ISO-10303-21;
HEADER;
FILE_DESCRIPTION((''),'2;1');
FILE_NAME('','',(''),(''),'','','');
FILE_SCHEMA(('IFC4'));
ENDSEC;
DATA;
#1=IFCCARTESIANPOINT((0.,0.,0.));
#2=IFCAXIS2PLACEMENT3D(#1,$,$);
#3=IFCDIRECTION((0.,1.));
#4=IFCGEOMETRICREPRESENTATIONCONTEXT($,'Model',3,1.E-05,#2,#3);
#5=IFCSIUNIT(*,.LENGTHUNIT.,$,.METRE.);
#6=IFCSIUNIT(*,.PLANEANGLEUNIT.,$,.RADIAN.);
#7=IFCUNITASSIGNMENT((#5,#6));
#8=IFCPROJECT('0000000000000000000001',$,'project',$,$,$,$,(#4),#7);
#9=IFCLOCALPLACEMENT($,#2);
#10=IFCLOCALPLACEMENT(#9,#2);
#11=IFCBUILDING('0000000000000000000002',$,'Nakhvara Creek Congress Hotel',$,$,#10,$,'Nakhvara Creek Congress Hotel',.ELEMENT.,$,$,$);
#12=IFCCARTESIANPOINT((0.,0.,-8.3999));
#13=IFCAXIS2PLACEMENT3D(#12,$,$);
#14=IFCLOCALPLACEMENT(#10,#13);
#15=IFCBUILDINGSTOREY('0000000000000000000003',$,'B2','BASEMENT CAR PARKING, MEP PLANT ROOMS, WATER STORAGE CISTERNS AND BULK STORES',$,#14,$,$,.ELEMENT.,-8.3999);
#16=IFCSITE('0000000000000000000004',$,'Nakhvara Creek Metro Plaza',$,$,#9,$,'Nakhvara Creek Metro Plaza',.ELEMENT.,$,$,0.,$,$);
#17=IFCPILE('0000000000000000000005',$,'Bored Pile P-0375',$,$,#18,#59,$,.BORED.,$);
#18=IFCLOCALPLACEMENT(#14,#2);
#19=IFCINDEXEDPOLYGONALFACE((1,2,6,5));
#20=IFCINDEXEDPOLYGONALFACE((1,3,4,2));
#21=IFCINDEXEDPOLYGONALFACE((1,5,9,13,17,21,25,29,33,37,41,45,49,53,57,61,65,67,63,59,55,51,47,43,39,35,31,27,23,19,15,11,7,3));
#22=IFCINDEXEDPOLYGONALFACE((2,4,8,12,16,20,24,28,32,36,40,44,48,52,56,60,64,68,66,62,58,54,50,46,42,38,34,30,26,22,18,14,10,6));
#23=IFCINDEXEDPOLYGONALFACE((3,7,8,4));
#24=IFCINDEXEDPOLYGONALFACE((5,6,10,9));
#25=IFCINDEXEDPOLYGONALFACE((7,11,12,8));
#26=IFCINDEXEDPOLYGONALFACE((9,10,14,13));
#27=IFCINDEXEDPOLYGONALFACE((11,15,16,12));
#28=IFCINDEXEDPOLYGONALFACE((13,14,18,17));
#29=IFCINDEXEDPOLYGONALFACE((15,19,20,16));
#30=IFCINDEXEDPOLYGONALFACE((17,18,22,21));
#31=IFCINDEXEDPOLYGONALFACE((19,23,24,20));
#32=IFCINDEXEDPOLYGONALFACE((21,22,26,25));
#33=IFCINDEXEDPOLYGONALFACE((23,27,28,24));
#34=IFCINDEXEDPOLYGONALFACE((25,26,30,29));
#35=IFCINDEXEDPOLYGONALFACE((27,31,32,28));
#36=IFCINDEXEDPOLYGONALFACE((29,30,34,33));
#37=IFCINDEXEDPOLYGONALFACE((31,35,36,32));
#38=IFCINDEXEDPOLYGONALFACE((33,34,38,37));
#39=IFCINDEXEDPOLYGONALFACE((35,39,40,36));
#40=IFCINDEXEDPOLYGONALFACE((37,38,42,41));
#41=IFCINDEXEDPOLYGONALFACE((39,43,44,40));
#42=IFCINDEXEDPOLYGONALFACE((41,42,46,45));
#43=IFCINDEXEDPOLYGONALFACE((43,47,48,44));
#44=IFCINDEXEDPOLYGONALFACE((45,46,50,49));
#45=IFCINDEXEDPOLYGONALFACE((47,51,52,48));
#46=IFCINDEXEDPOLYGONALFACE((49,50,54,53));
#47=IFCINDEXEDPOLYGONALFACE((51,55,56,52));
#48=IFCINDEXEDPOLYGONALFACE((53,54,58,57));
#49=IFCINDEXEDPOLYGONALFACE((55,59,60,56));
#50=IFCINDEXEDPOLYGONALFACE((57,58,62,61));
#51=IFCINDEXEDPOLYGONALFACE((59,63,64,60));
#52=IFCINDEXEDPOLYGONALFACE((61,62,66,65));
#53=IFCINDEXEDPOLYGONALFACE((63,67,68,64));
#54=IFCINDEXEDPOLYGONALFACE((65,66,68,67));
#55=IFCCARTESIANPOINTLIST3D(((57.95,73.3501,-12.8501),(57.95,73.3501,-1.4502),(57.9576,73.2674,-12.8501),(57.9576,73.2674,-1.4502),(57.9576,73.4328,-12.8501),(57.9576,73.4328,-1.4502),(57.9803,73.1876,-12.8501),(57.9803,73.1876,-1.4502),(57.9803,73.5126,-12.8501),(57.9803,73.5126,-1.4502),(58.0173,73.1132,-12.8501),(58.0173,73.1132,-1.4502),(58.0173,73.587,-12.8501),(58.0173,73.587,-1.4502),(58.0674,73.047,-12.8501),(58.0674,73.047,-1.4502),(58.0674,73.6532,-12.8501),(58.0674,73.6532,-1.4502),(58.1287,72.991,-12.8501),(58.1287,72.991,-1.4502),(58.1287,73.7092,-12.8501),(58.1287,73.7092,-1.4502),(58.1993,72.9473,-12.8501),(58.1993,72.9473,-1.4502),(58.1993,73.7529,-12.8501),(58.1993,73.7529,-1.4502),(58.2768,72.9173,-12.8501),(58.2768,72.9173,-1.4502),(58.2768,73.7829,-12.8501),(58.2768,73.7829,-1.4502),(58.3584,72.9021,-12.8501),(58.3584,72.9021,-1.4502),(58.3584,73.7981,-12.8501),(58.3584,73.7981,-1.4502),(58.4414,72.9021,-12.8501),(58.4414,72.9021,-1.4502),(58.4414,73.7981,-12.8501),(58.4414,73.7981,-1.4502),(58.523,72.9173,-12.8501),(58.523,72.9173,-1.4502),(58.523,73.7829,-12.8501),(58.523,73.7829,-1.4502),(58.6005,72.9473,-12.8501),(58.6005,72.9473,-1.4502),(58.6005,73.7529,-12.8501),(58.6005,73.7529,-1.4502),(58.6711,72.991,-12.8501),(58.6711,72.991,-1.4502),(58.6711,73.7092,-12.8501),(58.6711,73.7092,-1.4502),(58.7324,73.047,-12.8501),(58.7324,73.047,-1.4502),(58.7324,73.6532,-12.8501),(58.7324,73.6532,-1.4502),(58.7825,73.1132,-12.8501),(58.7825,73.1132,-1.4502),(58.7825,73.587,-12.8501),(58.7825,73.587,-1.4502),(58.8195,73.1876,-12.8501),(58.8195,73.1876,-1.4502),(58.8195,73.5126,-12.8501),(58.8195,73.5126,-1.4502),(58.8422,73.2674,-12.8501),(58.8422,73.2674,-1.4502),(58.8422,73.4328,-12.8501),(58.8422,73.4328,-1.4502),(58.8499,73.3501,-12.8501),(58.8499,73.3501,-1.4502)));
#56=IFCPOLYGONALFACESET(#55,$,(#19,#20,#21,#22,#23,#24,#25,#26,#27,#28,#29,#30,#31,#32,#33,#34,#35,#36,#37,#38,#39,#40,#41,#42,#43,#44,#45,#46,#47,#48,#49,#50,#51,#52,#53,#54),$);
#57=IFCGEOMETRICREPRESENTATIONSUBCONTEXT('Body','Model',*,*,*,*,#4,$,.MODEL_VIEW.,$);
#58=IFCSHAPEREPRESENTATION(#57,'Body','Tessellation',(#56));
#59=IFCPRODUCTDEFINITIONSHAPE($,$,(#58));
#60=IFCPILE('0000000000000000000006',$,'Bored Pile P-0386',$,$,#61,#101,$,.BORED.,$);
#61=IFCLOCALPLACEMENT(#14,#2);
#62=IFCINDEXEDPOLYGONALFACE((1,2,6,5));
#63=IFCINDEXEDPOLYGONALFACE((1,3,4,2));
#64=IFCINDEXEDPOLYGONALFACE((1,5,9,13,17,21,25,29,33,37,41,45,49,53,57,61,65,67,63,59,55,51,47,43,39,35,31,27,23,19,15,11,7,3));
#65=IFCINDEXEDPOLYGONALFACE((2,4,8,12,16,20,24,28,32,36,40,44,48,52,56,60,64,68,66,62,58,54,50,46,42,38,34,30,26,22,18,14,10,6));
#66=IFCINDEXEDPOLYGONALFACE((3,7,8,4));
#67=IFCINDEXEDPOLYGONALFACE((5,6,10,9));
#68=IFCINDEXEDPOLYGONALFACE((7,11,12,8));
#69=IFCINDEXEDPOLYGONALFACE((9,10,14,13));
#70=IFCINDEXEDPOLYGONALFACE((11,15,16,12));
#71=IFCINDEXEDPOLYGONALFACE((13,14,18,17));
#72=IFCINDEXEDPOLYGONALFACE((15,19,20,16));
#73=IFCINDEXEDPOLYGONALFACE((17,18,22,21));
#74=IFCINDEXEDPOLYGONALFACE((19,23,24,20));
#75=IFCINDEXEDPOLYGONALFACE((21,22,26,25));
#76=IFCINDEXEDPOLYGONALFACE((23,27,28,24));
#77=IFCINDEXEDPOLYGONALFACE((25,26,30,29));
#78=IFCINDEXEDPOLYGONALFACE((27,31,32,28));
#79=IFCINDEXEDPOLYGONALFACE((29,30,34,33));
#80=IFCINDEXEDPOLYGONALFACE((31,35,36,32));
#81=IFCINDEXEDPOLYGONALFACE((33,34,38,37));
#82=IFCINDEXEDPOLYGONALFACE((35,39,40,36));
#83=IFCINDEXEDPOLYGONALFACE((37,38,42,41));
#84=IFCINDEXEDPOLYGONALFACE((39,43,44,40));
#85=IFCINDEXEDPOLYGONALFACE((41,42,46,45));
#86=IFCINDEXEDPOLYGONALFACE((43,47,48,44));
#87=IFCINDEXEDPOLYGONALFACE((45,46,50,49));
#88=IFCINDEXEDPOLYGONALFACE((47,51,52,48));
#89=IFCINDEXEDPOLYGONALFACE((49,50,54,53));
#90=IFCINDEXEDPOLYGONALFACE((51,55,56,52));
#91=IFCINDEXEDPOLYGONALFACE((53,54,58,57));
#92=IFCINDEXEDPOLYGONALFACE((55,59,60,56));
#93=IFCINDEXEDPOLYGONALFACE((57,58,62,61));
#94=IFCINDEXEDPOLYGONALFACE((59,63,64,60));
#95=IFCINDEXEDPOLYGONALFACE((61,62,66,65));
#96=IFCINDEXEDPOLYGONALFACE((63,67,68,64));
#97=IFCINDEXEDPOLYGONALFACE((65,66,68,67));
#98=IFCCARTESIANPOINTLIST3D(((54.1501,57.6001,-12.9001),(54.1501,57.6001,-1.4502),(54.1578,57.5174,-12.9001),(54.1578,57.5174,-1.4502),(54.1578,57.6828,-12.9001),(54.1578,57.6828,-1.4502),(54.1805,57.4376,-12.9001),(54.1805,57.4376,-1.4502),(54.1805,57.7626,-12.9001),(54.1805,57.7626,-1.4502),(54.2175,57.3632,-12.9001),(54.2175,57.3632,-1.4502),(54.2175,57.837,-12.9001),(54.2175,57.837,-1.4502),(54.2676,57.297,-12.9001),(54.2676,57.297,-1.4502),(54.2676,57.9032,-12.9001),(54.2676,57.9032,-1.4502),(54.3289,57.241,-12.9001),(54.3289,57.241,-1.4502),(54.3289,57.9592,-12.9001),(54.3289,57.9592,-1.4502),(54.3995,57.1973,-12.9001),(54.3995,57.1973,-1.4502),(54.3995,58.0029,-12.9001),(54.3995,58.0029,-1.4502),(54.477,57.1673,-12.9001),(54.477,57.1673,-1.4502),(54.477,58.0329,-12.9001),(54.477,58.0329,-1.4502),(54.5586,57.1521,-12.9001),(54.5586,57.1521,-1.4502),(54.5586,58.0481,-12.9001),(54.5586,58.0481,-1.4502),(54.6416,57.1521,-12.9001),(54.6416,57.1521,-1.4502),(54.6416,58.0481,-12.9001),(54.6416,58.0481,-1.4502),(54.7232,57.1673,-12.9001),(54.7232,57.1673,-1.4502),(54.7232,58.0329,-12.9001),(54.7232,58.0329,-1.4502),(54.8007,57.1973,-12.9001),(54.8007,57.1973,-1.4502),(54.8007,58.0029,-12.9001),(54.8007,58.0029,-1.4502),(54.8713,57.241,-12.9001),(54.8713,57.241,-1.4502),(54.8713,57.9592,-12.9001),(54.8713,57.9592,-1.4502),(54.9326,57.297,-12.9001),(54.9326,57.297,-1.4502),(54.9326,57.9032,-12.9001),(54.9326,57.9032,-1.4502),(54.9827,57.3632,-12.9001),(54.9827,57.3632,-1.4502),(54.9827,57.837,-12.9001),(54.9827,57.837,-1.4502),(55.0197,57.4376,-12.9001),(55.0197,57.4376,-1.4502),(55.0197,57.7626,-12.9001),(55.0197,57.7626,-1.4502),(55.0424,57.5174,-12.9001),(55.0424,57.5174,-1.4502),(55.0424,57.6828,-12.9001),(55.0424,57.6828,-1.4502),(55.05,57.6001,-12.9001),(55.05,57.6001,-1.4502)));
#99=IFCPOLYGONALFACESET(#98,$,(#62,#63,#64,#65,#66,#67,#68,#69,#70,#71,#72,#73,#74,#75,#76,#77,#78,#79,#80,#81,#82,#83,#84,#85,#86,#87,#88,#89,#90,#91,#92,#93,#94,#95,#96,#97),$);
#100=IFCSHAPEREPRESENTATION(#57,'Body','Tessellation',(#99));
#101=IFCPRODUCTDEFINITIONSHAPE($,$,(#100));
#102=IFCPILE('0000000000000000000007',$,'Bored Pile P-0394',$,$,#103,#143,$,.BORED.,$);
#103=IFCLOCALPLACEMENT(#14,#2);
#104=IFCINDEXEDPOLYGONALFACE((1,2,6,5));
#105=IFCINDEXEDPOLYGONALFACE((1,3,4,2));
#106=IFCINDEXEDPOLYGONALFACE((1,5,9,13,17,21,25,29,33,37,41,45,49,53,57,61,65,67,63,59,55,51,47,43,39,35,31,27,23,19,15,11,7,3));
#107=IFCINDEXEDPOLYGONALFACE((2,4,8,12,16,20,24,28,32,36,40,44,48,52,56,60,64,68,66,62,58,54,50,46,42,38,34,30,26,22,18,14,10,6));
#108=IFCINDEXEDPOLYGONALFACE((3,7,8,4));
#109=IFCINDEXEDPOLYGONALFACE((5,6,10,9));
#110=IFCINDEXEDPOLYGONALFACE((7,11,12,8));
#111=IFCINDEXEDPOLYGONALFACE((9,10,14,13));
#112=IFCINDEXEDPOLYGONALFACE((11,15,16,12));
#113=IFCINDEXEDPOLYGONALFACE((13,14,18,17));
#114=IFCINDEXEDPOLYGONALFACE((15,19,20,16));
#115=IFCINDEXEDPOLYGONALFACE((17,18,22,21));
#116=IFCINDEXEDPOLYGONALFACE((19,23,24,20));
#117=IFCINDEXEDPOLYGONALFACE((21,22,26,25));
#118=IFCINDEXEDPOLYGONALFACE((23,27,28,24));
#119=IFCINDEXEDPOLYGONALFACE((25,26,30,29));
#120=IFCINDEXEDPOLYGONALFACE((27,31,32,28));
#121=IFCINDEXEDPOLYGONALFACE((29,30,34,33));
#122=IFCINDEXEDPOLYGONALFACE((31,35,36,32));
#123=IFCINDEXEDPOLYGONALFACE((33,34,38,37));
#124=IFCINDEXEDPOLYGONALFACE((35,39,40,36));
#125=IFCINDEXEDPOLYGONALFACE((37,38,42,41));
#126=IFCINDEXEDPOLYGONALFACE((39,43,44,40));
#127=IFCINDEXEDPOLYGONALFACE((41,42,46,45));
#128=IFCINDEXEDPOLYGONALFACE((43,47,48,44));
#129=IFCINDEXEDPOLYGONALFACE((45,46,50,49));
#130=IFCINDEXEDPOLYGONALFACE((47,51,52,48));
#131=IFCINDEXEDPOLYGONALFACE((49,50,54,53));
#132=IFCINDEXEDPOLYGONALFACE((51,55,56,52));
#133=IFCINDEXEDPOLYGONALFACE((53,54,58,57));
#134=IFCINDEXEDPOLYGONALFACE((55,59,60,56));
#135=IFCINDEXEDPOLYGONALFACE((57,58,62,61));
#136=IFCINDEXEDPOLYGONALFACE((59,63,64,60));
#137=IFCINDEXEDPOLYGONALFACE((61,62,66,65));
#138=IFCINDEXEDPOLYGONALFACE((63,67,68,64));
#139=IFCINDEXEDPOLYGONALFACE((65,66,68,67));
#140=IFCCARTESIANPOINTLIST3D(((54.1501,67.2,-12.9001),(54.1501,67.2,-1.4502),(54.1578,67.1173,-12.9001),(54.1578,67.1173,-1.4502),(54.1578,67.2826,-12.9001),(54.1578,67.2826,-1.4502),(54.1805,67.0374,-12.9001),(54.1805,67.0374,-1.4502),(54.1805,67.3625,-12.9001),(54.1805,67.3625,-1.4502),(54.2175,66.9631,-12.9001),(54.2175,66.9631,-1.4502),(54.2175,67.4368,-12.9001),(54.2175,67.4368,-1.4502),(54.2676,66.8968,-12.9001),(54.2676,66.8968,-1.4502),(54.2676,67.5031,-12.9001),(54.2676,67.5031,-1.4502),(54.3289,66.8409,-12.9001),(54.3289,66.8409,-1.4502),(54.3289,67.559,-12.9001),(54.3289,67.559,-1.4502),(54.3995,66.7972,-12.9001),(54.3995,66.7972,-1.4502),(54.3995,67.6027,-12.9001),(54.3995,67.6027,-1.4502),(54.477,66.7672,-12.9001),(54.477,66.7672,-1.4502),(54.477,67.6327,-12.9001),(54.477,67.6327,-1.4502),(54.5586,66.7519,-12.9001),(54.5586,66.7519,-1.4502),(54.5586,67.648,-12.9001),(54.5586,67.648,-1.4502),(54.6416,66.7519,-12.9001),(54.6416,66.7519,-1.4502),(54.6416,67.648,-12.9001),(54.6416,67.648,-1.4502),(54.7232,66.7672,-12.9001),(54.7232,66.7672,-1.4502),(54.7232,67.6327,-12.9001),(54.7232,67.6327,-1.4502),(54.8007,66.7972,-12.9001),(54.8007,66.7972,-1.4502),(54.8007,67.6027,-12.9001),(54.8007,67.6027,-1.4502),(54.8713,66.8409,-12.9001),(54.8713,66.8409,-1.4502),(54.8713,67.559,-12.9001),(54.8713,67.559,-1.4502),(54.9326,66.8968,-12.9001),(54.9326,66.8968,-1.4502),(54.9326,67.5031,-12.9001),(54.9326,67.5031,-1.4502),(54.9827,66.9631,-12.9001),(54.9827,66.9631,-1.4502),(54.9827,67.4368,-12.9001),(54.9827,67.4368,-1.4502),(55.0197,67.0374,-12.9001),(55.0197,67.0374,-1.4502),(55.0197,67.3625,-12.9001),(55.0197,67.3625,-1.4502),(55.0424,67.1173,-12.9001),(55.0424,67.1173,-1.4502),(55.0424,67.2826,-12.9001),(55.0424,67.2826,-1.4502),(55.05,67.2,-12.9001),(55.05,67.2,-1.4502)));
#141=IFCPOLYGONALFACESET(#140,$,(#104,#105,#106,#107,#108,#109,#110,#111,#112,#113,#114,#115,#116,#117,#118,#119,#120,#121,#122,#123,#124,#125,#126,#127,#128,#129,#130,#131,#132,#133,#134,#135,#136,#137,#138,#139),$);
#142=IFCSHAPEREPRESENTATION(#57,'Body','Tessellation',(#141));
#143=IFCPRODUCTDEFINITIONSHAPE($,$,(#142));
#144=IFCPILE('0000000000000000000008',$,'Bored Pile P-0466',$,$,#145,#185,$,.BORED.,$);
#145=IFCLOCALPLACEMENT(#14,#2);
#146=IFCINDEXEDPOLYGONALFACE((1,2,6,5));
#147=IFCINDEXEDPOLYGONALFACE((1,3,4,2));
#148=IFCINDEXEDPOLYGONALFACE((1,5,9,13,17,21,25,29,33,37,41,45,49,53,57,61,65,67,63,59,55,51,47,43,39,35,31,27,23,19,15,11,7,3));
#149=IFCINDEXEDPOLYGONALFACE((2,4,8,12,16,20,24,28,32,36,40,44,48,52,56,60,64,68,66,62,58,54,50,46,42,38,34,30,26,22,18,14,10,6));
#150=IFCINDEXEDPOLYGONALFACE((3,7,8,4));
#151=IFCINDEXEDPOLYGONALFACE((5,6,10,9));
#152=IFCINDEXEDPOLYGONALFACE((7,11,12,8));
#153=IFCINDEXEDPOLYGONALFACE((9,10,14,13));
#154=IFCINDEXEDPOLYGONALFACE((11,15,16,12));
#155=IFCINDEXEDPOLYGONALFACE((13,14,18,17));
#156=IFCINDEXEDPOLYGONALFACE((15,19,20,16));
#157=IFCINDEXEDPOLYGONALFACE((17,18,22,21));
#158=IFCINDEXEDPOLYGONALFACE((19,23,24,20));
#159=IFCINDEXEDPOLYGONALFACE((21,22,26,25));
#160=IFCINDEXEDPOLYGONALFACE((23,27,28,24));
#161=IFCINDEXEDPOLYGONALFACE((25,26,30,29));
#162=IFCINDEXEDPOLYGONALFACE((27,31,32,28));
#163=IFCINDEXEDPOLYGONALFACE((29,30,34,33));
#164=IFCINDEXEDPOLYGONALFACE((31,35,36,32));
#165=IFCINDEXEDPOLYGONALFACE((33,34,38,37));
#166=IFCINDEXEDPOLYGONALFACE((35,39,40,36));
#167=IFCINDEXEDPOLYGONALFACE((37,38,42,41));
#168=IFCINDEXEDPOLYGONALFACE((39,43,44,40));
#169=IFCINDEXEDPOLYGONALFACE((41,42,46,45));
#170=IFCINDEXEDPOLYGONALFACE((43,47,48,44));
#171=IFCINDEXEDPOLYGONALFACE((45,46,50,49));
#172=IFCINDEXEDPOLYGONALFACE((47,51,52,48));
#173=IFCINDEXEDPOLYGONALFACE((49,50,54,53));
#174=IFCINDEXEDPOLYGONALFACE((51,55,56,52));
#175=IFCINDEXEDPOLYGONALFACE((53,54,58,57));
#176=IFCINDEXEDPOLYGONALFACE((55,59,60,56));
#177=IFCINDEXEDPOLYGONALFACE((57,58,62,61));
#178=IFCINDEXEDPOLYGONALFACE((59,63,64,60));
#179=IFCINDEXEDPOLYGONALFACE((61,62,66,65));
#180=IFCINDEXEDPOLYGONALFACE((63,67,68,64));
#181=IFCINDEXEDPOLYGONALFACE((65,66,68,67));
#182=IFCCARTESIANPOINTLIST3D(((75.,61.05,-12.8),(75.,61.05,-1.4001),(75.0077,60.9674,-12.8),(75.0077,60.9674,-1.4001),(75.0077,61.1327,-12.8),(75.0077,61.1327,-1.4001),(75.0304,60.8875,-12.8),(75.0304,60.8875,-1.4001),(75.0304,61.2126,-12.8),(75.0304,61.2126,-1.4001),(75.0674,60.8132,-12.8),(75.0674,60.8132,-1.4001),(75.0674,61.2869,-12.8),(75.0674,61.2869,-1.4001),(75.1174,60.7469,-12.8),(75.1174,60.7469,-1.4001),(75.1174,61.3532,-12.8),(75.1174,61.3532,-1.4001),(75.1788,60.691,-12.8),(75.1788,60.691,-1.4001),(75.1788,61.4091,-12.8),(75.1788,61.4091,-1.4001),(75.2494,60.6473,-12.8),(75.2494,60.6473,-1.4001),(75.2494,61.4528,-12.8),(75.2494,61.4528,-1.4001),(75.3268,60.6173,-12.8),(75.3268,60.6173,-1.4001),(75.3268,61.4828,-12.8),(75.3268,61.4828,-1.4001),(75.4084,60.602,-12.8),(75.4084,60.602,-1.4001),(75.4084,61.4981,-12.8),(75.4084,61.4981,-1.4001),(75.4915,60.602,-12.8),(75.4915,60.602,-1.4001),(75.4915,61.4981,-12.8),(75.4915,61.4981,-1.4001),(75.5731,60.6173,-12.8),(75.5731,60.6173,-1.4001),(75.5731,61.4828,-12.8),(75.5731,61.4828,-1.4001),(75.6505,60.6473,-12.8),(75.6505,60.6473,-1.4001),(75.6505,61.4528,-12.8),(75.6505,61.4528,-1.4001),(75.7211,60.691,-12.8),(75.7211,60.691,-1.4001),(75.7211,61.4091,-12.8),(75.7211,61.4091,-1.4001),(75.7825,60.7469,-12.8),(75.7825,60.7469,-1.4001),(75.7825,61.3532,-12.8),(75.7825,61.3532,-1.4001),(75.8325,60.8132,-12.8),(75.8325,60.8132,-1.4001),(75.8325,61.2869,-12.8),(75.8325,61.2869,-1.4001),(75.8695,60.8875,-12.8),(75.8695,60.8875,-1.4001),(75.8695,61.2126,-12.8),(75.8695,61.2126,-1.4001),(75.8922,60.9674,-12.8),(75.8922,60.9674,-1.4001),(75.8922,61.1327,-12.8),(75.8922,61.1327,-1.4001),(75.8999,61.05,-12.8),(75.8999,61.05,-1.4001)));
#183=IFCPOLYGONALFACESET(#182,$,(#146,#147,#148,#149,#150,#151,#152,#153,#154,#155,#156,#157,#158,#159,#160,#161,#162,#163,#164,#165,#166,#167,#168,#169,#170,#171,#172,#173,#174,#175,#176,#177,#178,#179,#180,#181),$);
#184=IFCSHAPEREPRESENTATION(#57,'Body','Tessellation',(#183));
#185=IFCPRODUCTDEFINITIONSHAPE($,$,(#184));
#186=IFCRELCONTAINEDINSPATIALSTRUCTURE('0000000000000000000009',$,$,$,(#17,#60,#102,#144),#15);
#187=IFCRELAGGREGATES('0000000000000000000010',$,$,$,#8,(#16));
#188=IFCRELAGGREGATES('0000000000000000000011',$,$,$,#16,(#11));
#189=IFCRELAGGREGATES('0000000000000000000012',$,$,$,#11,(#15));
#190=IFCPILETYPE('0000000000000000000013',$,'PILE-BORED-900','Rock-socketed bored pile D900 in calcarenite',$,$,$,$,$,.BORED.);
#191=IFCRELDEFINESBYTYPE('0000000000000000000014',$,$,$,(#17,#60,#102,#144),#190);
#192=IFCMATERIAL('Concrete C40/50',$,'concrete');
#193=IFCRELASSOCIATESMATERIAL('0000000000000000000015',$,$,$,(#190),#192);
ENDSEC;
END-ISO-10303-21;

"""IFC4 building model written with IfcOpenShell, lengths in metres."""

from ifc_helpers import new_model, si_unit, direction, frame, origin, origin_2d, place, context, subcontext, project, spatial, circle, extrude, material, material_profile, profile_set, type_object, element, save


model = new_model("IFC4")

# Units and contexts
model_context = context("Model", 3, precision=1e-05, world=origin(), true_north=direction((0.0, 1.0)))
body_context = subcontext(model_context, "Body", "Model", "MODEL_VIEW")
ifc_project = project(units=[si_unit("LENGTHUNIT", "METRE"), si_unit("PLANEANGLEUNIT", "RADIAN")], contexts=[model_context])

# Site, building, storey
site_placement = place(None, origin())
site = spatial("IfcSite", under=ifc_project, at=site_placement, Name="Nakhvara Creek Metro Plaza", LongName="Nakhvara Creek Metro Plaza", CompositionType="ELEMENT", RefElevation=0.0)
building_placement = place(site_placement, origin())
building = spatial("IfcBuilding", under=site, at=building_placement, Name="Nakhvara Creek Congress Hotel", LongName="Nakhvara Creek Congress Hotel", CompositionType="ELEMENT")
storey_placement = place(building_placement, frame((0.0, 0.0, -8.3999)))
storey = spatial("IfcBuildingStorey", under=building, at=storey_placement, Name="B2", Description="BASEMENT CAR PARKING, MEP PLANT ROOMS, WATER STORAGE CISTERNS AND BULK STORES", CompositionType="ELEMENT", Elevation=-8.3999)

# Shared definitions
ifc_material_1 = material(Name="Concrete C40/50", Category="concrete")

# Piles
ifc_material_profile_1 = material_profile(ifc_material_1, circle(Radius=0.45, at=origin_2d()), Name="BORED PILE D900", Category="LoadBearing")
ifc_profile_set_1 = profile_set([ifc_material_profile_1], Name="Concrete C40/50")
pile_type = type_object("IfcPileType", Name="PILE-BORED-900", Description="Rock-socketed bored pile D900 in calcarenite", PredefinedType="BORED", material=ifc_profile_set_1)
for number, where, z_axis, x_axis, name in (
    (1, (58.3999, 73.3501, -1.4502), (0.0, 0.0, -1.0), (1.0, 0.0, 0.0), "Bored Pile P-0375"),
):
    element("IfcPile", number, at=place(storey_placement, frame(where, z_axis=z_axis, x_axis=x_axis)), inside=storey, type_object=pile_type, Name=name, PredefinedType="BORED", context=body_context, shape_type="SweptSolid", body=[
        extrude(circle(Radius=0.45, at=origin_2d()), origin(), (0.0, 0.0, 1.0), 11.3999),
    ])
for number, where, z_axis, x_axis, name in (
    (2, (54.6001, 57.6001, -1.4502), (0.0, 0.0, -1.0), (1.0, 0.0, 0.0), "Bored Pile P-0386"),
    (3, (54.6001, 67.2, -1.4502), (0.0, 0.0, -1.0), (1.0, 0.0, 0.0), "Bored Pile P-0394"),
):
    element("IfcPile", number, at=place(storey_placement, frame(where, z_axis=z_axis, x_axis=x_axis)), inside=storey, type_object=pile_type, Name=name, PredefinedType="BORED", context=body_context, shape_type="SweptSolid", body=[
        extrude(circle(Radius=0.45, at=origin_2d()), origin(), (0.0, 0.0, 1.0), 11.45),
    ])
for number, where, z_axis, x_axis, name in (
    (4, (75.45, 61.05, -1.4001), (0.0, 0.0, -1.0), (1.0, 0.0, 0.0), "Bored Pile P-0466"),
):
    element("IfcPile", number, at=place(storey_placement, frame(where, z_axis=z_axis, x_axis=x_axis)), inside=storey, type_object=pile_type, Name=name, PredefinedType="BORED", context=body_context, shape_type="SweptSolid", body=[
        extrude(circle(Radius=0.45, at=origin_2d()), origin(), (0.0, 0.0, 1.0), 11.3999),
    ])

save(model, "model.ifc")
